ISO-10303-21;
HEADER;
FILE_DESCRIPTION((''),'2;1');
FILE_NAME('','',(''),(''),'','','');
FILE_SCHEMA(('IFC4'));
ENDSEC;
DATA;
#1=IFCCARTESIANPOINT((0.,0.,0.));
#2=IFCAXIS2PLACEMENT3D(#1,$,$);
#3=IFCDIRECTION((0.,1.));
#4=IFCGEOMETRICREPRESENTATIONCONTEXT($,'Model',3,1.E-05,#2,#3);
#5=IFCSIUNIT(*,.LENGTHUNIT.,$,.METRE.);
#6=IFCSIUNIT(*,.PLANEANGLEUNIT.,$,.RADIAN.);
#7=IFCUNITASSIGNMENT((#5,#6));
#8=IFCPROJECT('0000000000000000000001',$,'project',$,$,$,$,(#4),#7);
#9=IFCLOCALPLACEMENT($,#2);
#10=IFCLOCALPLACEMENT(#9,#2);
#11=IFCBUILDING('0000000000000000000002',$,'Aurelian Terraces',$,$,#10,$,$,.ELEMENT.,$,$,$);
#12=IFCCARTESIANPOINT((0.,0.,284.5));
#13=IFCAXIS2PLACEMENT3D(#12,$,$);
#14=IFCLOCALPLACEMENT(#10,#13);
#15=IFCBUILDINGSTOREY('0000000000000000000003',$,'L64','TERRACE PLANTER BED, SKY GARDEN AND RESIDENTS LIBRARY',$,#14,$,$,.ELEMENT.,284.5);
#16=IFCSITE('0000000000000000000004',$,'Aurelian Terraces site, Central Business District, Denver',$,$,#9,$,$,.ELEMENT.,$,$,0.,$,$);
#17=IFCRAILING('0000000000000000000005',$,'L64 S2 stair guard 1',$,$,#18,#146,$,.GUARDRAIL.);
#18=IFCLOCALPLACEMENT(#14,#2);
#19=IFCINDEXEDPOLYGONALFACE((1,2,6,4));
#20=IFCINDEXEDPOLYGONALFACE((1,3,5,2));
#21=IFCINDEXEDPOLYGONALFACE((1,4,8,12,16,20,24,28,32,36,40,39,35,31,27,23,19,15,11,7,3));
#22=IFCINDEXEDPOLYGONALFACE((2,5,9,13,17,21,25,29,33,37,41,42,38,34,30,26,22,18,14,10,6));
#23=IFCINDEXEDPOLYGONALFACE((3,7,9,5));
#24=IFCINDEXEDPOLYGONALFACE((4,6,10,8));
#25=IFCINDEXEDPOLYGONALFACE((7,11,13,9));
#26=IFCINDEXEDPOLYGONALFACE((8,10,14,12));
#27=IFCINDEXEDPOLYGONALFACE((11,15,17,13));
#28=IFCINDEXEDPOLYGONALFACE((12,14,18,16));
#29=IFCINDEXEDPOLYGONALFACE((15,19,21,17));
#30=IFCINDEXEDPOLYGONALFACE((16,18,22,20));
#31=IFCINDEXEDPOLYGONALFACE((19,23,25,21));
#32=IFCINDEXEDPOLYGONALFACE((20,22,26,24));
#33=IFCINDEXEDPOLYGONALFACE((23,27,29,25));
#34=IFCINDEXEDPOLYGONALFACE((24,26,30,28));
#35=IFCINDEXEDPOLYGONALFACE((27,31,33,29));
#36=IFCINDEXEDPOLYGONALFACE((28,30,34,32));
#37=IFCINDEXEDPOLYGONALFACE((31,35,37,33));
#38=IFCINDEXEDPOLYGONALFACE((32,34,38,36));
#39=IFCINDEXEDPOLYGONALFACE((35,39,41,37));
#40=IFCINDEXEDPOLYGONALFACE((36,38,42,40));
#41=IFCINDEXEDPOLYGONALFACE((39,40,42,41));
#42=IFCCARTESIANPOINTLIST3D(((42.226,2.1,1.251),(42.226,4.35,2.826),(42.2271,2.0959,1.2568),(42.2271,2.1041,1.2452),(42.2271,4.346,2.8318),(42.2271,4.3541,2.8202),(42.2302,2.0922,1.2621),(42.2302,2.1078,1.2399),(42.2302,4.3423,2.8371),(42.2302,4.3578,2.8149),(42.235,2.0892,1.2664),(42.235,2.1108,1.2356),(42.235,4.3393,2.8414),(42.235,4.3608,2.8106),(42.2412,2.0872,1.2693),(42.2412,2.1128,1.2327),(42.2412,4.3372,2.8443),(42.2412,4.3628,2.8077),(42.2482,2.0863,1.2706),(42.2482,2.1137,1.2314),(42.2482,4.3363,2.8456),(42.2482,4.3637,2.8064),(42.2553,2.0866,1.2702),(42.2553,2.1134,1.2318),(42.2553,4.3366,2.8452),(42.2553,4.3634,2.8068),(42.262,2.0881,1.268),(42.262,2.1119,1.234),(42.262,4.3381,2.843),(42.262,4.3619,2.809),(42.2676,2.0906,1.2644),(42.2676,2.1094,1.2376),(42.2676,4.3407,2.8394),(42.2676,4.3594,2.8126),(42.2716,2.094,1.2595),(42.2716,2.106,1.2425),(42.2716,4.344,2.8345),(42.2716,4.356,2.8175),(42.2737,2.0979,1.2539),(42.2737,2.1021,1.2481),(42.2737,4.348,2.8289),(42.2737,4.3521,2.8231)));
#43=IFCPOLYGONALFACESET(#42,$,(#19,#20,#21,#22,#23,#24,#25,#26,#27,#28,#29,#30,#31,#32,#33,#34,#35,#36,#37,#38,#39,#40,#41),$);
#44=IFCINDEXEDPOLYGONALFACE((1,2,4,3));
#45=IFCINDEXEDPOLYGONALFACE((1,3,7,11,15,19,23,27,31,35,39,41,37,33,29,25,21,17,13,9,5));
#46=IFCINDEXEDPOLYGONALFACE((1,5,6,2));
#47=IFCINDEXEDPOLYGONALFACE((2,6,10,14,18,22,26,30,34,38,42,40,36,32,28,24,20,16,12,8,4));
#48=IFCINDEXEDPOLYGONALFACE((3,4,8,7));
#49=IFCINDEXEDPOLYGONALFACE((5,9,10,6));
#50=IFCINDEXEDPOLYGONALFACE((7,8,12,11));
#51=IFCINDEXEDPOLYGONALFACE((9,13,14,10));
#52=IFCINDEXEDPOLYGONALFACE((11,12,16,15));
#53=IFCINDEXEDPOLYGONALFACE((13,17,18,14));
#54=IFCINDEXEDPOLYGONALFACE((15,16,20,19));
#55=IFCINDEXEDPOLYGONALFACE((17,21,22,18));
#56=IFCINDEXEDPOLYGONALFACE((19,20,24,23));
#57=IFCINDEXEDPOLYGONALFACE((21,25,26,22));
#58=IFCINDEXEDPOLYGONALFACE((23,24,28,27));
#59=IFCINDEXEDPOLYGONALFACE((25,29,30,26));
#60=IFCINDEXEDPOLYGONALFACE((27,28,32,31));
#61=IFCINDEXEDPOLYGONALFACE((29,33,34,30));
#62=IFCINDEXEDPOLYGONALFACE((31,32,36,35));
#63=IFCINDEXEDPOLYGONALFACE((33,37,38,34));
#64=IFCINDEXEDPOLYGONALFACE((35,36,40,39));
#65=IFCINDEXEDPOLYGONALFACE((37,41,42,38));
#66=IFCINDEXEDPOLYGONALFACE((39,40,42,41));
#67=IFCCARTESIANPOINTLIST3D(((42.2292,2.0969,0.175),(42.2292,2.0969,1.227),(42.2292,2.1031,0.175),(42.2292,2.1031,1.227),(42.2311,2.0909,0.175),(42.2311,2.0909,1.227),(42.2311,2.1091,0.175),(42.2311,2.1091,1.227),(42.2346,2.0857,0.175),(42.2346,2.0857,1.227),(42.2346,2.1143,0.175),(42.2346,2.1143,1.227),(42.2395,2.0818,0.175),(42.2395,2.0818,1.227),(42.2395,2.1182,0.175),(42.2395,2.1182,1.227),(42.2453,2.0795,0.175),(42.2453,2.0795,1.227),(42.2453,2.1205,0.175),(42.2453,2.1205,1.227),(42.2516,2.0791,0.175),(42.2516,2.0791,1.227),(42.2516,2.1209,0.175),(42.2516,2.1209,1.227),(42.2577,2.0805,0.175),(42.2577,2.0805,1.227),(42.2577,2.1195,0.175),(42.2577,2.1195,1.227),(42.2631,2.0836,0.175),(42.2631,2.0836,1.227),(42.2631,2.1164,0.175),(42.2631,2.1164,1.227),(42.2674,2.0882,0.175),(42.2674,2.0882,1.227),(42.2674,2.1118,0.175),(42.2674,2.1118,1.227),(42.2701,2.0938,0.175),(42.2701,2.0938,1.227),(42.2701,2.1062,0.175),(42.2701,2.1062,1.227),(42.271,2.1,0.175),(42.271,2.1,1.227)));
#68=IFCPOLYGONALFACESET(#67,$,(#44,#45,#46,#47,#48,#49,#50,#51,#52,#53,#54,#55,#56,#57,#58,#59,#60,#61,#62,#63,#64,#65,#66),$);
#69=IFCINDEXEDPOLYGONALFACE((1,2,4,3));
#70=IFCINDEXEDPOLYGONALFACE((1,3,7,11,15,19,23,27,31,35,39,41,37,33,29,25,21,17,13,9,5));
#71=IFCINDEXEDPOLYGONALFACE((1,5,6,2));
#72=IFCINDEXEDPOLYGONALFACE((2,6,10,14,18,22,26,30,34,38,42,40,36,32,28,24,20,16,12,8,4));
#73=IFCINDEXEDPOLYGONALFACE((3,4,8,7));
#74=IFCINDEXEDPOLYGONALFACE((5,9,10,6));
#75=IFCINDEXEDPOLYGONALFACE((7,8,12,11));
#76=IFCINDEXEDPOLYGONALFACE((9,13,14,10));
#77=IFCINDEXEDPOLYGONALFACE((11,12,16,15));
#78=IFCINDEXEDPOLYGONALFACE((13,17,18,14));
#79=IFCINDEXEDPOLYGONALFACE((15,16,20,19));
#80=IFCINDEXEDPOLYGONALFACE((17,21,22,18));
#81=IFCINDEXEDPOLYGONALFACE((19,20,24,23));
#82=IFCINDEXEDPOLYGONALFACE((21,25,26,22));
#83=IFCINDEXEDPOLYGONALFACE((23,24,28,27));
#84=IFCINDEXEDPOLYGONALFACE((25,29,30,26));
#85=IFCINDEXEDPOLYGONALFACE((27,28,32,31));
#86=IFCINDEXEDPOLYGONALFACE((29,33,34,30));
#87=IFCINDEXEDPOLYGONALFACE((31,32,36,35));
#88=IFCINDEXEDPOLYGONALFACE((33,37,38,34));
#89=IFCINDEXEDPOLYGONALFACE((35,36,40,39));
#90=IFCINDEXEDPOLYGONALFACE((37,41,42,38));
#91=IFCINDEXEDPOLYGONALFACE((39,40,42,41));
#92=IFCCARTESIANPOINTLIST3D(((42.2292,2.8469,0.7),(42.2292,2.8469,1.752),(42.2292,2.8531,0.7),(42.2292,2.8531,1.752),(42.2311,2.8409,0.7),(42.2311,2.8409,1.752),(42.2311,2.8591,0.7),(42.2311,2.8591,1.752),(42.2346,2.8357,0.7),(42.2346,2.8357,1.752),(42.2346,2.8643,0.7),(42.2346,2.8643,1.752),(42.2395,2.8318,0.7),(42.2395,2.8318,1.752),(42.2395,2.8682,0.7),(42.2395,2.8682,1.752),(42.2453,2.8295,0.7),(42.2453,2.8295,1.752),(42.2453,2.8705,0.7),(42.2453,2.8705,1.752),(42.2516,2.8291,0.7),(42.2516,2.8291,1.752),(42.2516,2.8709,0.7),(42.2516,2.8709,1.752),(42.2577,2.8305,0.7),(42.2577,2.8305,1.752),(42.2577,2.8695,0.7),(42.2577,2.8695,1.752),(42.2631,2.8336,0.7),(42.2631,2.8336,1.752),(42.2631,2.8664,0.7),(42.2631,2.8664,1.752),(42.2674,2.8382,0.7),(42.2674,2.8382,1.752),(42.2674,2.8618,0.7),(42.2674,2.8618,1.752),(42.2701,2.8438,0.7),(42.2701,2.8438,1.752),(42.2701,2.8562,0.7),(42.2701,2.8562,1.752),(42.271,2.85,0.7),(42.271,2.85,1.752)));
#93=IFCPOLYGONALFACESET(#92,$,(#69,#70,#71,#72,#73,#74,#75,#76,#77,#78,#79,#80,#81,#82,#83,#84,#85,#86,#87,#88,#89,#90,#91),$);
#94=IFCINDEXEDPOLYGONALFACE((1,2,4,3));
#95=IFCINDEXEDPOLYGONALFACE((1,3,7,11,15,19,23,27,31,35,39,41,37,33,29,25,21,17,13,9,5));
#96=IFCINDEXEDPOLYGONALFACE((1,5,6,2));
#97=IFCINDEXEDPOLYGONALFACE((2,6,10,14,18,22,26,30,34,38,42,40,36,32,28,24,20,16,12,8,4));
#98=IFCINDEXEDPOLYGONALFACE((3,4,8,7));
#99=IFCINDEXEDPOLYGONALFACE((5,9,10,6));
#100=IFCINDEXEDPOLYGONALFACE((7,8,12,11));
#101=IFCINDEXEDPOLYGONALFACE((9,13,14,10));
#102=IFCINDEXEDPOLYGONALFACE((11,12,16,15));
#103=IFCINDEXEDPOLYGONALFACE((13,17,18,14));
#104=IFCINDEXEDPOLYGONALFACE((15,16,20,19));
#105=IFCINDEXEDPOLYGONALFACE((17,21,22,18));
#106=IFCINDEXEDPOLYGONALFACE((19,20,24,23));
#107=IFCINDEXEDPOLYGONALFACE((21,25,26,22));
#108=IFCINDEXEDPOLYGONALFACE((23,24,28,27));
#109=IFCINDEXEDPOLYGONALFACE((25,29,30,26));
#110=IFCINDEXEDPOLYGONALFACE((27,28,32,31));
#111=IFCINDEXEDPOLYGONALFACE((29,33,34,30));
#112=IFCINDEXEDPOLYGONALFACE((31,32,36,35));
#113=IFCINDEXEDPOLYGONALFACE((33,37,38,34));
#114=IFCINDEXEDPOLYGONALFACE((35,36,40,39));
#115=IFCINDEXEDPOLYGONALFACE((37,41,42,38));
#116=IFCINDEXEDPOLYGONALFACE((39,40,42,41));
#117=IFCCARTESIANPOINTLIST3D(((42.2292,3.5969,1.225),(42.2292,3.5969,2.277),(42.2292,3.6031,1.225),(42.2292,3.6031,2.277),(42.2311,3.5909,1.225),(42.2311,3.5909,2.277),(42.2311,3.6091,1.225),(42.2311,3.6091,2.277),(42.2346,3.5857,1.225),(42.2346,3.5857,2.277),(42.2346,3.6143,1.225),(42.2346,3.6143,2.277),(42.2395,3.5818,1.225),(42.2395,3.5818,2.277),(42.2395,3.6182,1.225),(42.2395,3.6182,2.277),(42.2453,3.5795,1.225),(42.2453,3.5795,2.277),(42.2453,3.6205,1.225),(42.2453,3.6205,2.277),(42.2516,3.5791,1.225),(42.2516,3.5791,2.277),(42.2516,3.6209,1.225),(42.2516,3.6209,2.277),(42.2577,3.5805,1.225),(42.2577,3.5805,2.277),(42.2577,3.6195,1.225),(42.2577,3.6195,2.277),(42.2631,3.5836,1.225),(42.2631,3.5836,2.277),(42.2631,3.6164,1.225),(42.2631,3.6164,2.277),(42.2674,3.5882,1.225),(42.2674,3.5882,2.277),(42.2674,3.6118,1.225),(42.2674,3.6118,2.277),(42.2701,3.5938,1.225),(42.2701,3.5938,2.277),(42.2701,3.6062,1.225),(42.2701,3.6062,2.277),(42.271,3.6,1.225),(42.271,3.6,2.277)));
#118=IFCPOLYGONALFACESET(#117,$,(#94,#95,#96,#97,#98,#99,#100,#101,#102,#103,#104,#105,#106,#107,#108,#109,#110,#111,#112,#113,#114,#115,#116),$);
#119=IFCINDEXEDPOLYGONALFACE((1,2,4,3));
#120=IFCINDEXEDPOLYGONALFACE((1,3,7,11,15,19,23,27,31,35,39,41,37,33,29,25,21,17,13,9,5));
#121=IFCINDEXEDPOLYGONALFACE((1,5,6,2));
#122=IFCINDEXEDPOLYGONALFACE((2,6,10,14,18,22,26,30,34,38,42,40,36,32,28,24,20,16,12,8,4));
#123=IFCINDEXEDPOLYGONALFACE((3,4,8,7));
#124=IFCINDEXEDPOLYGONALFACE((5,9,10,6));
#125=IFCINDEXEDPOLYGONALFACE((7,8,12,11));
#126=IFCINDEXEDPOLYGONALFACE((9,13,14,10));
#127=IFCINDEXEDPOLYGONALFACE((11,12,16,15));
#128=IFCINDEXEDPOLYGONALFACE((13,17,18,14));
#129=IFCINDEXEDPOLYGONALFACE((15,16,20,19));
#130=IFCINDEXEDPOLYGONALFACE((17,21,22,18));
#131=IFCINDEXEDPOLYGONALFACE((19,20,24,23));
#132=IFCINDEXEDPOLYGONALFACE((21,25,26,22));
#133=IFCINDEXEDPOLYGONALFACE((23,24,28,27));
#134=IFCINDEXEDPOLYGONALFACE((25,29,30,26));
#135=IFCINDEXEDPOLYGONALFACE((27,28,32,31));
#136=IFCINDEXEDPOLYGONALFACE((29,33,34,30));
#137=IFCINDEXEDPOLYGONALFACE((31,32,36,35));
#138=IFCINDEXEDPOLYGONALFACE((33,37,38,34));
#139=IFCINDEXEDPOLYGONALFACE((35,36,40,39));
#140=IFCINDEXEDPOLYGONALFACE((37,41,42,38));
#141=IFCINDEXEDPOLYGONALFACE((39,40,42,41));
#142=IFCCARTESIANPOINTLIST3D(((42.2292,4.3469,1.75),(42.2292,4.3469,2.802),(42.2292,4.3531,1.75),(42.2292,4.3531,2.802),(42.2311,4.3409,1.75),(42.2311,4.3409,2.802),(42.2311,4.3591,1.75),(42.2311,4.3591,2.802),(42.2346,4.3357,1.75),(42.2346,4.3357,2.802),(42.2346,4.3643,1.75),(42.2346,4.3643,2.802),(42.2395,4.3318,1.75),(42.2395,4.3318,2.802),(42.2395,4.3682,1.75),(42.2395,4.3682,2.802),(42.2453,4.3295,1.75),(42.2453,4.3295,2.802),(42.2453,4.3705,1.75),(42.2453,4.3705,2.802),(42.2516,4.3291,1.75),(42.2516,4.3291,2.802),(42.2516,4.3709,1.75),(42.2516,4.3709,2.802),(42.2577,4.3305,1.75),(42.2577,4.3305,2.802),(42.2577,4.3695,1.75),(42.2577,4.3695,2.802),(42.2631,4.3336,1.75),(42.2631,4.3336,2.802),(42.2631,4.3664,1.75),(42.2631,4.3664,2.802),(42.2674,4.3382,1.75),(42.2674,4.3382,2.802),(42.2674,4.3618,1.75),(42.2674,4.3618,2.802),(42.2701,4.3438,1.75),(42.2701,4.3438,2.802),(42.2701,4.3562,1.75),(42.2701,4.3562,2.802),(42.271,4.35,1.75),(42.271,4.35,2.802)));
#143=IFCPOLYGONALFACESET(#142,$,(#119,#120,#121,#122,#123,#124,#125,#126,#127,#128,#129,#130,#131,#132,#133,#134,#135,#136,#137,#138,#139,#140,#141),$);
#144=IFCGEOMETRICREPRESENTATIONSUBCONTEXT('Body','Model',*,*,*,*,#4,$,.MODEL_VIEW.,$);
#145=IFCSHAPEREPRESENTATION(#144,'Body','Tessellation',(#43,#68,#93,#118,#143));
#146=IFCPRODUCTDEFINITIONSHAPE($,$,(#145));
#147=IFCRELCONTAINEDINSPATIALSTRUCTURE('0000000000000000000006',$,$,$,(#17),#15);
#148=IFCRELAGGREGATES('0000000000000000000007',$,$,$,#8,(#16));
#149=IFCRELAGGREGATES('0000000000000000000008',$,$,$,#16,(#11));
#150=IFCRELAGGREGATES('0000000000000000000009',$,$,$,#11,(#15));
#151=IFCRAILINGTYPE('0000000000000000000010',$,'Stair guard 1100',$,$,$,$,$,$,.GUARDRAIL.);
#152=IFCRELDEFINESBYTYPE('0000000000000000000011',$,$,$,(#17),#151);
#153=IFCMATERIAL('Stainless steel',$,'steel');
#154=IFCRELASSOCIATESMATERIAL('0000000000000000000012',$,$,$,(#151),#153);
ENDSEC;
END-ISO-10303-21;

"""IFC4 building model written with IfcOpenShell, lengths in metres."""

from ifc_helpers import new_model, si_unit, direction, frame, origin, origin_2d, place, context, subcontext, project, spatial, circle, extrude, source, transform, mapped, material, type_object, element, save


model = new_model("IFC4")

# Units and contexts
model_context = context("Model", 3, precision=1e-05, world=origin(), true_north=direction((0.0, 1.0)))
body_context = subcontext(model_context, "Body", "Model", "MODEL_VIEW")
ifc_project = project(units=[si_unit("LENGTHUNIT", "METRE"), si_unit("PLANEANGLEUNIT", "RADIAN")], contexts=[model_context])

# Site, building, storey
site_placement = place(None, origin())
site = spatial("IfcSite", under=ifc_project, at=site_placement, Name="Aurelian Terraces site, Central Business District, Denver", CompositionType="ELEMENT", RefElevation=0.0)
building_placement = place(site_placement, origin())
building = spatial("IfcBuilding", under=site, at=building_placement, Name="Aurelian Terraces", CompositionType="ELEMENT")
storey_placement = place(building_placement, frame((0.0, 0.0, 284.5)))
storey = spatial("IfcBuildingStorey", under=building, at=storey_placement, Name="L64", Description="TERRACE PLANTER BED, SKY GARDEN AND RESIDENTS LIBRARY", CompositionType="ELEMENT", Elevation=284.5)

# Railing
ifc_material_1 = material(Name="Stainless steel", Category="steel")
railing_type_1 = type_object("IfcRailingType", Name="Stair guard 1100", PredefinedType="GUARDRAIL", material=ifc_material_1)
shared_shape_1 = source(origin(), body_context, "Body", "SweptSolid", [
    extrude(circle(Radius=0.024, at=origin_2d()), frame((0.0, 0.0, 1.076), z_axis=(0.0, 0.819232, 0.573462), x_axis=(-1.0, 0.0, 0.0)), (0.0, 0.0, 1.0), 2.7465),
    extrude(circle(Radius=0.021, at=origin_2d()), origin(), (0.0, 0.0, 1.0), 1.052),
    extrude(circle(Radius=0.021, at=origin_2d()), frame((0.0, 0.75, 0.525)), (0.0, 0.0, 1.0), 1.052),
    extrude(circle(Radius=0.021, at=origin_2d()), frame((0.0, 1.5, 1.05)), (0.0, 0.0, 1.0), 1.052),
    extrude(circle(Radius=0.021, at=origin_2d()), frame((0.0, 2.25, 1.575)), (0.0, 0.0, 1.0), 1.052),
])
railing_1_placement = place(storey_placement, frame((42.25, 2.1, 0.175)))
element("IfcRailing", 1, at=railing_1_placement, inside=storey, type_object=railing_type_1, Name="L64 S2 stair guard 1", PredefinedType="GUARDRAIL", context=body_context, shape_type="MappedRepresentation", body=[
    mapped(shared_shape_1, transform((0.0, 0.0, 0.0), scale=1.0)),
])

save(model, "model.ifc")
